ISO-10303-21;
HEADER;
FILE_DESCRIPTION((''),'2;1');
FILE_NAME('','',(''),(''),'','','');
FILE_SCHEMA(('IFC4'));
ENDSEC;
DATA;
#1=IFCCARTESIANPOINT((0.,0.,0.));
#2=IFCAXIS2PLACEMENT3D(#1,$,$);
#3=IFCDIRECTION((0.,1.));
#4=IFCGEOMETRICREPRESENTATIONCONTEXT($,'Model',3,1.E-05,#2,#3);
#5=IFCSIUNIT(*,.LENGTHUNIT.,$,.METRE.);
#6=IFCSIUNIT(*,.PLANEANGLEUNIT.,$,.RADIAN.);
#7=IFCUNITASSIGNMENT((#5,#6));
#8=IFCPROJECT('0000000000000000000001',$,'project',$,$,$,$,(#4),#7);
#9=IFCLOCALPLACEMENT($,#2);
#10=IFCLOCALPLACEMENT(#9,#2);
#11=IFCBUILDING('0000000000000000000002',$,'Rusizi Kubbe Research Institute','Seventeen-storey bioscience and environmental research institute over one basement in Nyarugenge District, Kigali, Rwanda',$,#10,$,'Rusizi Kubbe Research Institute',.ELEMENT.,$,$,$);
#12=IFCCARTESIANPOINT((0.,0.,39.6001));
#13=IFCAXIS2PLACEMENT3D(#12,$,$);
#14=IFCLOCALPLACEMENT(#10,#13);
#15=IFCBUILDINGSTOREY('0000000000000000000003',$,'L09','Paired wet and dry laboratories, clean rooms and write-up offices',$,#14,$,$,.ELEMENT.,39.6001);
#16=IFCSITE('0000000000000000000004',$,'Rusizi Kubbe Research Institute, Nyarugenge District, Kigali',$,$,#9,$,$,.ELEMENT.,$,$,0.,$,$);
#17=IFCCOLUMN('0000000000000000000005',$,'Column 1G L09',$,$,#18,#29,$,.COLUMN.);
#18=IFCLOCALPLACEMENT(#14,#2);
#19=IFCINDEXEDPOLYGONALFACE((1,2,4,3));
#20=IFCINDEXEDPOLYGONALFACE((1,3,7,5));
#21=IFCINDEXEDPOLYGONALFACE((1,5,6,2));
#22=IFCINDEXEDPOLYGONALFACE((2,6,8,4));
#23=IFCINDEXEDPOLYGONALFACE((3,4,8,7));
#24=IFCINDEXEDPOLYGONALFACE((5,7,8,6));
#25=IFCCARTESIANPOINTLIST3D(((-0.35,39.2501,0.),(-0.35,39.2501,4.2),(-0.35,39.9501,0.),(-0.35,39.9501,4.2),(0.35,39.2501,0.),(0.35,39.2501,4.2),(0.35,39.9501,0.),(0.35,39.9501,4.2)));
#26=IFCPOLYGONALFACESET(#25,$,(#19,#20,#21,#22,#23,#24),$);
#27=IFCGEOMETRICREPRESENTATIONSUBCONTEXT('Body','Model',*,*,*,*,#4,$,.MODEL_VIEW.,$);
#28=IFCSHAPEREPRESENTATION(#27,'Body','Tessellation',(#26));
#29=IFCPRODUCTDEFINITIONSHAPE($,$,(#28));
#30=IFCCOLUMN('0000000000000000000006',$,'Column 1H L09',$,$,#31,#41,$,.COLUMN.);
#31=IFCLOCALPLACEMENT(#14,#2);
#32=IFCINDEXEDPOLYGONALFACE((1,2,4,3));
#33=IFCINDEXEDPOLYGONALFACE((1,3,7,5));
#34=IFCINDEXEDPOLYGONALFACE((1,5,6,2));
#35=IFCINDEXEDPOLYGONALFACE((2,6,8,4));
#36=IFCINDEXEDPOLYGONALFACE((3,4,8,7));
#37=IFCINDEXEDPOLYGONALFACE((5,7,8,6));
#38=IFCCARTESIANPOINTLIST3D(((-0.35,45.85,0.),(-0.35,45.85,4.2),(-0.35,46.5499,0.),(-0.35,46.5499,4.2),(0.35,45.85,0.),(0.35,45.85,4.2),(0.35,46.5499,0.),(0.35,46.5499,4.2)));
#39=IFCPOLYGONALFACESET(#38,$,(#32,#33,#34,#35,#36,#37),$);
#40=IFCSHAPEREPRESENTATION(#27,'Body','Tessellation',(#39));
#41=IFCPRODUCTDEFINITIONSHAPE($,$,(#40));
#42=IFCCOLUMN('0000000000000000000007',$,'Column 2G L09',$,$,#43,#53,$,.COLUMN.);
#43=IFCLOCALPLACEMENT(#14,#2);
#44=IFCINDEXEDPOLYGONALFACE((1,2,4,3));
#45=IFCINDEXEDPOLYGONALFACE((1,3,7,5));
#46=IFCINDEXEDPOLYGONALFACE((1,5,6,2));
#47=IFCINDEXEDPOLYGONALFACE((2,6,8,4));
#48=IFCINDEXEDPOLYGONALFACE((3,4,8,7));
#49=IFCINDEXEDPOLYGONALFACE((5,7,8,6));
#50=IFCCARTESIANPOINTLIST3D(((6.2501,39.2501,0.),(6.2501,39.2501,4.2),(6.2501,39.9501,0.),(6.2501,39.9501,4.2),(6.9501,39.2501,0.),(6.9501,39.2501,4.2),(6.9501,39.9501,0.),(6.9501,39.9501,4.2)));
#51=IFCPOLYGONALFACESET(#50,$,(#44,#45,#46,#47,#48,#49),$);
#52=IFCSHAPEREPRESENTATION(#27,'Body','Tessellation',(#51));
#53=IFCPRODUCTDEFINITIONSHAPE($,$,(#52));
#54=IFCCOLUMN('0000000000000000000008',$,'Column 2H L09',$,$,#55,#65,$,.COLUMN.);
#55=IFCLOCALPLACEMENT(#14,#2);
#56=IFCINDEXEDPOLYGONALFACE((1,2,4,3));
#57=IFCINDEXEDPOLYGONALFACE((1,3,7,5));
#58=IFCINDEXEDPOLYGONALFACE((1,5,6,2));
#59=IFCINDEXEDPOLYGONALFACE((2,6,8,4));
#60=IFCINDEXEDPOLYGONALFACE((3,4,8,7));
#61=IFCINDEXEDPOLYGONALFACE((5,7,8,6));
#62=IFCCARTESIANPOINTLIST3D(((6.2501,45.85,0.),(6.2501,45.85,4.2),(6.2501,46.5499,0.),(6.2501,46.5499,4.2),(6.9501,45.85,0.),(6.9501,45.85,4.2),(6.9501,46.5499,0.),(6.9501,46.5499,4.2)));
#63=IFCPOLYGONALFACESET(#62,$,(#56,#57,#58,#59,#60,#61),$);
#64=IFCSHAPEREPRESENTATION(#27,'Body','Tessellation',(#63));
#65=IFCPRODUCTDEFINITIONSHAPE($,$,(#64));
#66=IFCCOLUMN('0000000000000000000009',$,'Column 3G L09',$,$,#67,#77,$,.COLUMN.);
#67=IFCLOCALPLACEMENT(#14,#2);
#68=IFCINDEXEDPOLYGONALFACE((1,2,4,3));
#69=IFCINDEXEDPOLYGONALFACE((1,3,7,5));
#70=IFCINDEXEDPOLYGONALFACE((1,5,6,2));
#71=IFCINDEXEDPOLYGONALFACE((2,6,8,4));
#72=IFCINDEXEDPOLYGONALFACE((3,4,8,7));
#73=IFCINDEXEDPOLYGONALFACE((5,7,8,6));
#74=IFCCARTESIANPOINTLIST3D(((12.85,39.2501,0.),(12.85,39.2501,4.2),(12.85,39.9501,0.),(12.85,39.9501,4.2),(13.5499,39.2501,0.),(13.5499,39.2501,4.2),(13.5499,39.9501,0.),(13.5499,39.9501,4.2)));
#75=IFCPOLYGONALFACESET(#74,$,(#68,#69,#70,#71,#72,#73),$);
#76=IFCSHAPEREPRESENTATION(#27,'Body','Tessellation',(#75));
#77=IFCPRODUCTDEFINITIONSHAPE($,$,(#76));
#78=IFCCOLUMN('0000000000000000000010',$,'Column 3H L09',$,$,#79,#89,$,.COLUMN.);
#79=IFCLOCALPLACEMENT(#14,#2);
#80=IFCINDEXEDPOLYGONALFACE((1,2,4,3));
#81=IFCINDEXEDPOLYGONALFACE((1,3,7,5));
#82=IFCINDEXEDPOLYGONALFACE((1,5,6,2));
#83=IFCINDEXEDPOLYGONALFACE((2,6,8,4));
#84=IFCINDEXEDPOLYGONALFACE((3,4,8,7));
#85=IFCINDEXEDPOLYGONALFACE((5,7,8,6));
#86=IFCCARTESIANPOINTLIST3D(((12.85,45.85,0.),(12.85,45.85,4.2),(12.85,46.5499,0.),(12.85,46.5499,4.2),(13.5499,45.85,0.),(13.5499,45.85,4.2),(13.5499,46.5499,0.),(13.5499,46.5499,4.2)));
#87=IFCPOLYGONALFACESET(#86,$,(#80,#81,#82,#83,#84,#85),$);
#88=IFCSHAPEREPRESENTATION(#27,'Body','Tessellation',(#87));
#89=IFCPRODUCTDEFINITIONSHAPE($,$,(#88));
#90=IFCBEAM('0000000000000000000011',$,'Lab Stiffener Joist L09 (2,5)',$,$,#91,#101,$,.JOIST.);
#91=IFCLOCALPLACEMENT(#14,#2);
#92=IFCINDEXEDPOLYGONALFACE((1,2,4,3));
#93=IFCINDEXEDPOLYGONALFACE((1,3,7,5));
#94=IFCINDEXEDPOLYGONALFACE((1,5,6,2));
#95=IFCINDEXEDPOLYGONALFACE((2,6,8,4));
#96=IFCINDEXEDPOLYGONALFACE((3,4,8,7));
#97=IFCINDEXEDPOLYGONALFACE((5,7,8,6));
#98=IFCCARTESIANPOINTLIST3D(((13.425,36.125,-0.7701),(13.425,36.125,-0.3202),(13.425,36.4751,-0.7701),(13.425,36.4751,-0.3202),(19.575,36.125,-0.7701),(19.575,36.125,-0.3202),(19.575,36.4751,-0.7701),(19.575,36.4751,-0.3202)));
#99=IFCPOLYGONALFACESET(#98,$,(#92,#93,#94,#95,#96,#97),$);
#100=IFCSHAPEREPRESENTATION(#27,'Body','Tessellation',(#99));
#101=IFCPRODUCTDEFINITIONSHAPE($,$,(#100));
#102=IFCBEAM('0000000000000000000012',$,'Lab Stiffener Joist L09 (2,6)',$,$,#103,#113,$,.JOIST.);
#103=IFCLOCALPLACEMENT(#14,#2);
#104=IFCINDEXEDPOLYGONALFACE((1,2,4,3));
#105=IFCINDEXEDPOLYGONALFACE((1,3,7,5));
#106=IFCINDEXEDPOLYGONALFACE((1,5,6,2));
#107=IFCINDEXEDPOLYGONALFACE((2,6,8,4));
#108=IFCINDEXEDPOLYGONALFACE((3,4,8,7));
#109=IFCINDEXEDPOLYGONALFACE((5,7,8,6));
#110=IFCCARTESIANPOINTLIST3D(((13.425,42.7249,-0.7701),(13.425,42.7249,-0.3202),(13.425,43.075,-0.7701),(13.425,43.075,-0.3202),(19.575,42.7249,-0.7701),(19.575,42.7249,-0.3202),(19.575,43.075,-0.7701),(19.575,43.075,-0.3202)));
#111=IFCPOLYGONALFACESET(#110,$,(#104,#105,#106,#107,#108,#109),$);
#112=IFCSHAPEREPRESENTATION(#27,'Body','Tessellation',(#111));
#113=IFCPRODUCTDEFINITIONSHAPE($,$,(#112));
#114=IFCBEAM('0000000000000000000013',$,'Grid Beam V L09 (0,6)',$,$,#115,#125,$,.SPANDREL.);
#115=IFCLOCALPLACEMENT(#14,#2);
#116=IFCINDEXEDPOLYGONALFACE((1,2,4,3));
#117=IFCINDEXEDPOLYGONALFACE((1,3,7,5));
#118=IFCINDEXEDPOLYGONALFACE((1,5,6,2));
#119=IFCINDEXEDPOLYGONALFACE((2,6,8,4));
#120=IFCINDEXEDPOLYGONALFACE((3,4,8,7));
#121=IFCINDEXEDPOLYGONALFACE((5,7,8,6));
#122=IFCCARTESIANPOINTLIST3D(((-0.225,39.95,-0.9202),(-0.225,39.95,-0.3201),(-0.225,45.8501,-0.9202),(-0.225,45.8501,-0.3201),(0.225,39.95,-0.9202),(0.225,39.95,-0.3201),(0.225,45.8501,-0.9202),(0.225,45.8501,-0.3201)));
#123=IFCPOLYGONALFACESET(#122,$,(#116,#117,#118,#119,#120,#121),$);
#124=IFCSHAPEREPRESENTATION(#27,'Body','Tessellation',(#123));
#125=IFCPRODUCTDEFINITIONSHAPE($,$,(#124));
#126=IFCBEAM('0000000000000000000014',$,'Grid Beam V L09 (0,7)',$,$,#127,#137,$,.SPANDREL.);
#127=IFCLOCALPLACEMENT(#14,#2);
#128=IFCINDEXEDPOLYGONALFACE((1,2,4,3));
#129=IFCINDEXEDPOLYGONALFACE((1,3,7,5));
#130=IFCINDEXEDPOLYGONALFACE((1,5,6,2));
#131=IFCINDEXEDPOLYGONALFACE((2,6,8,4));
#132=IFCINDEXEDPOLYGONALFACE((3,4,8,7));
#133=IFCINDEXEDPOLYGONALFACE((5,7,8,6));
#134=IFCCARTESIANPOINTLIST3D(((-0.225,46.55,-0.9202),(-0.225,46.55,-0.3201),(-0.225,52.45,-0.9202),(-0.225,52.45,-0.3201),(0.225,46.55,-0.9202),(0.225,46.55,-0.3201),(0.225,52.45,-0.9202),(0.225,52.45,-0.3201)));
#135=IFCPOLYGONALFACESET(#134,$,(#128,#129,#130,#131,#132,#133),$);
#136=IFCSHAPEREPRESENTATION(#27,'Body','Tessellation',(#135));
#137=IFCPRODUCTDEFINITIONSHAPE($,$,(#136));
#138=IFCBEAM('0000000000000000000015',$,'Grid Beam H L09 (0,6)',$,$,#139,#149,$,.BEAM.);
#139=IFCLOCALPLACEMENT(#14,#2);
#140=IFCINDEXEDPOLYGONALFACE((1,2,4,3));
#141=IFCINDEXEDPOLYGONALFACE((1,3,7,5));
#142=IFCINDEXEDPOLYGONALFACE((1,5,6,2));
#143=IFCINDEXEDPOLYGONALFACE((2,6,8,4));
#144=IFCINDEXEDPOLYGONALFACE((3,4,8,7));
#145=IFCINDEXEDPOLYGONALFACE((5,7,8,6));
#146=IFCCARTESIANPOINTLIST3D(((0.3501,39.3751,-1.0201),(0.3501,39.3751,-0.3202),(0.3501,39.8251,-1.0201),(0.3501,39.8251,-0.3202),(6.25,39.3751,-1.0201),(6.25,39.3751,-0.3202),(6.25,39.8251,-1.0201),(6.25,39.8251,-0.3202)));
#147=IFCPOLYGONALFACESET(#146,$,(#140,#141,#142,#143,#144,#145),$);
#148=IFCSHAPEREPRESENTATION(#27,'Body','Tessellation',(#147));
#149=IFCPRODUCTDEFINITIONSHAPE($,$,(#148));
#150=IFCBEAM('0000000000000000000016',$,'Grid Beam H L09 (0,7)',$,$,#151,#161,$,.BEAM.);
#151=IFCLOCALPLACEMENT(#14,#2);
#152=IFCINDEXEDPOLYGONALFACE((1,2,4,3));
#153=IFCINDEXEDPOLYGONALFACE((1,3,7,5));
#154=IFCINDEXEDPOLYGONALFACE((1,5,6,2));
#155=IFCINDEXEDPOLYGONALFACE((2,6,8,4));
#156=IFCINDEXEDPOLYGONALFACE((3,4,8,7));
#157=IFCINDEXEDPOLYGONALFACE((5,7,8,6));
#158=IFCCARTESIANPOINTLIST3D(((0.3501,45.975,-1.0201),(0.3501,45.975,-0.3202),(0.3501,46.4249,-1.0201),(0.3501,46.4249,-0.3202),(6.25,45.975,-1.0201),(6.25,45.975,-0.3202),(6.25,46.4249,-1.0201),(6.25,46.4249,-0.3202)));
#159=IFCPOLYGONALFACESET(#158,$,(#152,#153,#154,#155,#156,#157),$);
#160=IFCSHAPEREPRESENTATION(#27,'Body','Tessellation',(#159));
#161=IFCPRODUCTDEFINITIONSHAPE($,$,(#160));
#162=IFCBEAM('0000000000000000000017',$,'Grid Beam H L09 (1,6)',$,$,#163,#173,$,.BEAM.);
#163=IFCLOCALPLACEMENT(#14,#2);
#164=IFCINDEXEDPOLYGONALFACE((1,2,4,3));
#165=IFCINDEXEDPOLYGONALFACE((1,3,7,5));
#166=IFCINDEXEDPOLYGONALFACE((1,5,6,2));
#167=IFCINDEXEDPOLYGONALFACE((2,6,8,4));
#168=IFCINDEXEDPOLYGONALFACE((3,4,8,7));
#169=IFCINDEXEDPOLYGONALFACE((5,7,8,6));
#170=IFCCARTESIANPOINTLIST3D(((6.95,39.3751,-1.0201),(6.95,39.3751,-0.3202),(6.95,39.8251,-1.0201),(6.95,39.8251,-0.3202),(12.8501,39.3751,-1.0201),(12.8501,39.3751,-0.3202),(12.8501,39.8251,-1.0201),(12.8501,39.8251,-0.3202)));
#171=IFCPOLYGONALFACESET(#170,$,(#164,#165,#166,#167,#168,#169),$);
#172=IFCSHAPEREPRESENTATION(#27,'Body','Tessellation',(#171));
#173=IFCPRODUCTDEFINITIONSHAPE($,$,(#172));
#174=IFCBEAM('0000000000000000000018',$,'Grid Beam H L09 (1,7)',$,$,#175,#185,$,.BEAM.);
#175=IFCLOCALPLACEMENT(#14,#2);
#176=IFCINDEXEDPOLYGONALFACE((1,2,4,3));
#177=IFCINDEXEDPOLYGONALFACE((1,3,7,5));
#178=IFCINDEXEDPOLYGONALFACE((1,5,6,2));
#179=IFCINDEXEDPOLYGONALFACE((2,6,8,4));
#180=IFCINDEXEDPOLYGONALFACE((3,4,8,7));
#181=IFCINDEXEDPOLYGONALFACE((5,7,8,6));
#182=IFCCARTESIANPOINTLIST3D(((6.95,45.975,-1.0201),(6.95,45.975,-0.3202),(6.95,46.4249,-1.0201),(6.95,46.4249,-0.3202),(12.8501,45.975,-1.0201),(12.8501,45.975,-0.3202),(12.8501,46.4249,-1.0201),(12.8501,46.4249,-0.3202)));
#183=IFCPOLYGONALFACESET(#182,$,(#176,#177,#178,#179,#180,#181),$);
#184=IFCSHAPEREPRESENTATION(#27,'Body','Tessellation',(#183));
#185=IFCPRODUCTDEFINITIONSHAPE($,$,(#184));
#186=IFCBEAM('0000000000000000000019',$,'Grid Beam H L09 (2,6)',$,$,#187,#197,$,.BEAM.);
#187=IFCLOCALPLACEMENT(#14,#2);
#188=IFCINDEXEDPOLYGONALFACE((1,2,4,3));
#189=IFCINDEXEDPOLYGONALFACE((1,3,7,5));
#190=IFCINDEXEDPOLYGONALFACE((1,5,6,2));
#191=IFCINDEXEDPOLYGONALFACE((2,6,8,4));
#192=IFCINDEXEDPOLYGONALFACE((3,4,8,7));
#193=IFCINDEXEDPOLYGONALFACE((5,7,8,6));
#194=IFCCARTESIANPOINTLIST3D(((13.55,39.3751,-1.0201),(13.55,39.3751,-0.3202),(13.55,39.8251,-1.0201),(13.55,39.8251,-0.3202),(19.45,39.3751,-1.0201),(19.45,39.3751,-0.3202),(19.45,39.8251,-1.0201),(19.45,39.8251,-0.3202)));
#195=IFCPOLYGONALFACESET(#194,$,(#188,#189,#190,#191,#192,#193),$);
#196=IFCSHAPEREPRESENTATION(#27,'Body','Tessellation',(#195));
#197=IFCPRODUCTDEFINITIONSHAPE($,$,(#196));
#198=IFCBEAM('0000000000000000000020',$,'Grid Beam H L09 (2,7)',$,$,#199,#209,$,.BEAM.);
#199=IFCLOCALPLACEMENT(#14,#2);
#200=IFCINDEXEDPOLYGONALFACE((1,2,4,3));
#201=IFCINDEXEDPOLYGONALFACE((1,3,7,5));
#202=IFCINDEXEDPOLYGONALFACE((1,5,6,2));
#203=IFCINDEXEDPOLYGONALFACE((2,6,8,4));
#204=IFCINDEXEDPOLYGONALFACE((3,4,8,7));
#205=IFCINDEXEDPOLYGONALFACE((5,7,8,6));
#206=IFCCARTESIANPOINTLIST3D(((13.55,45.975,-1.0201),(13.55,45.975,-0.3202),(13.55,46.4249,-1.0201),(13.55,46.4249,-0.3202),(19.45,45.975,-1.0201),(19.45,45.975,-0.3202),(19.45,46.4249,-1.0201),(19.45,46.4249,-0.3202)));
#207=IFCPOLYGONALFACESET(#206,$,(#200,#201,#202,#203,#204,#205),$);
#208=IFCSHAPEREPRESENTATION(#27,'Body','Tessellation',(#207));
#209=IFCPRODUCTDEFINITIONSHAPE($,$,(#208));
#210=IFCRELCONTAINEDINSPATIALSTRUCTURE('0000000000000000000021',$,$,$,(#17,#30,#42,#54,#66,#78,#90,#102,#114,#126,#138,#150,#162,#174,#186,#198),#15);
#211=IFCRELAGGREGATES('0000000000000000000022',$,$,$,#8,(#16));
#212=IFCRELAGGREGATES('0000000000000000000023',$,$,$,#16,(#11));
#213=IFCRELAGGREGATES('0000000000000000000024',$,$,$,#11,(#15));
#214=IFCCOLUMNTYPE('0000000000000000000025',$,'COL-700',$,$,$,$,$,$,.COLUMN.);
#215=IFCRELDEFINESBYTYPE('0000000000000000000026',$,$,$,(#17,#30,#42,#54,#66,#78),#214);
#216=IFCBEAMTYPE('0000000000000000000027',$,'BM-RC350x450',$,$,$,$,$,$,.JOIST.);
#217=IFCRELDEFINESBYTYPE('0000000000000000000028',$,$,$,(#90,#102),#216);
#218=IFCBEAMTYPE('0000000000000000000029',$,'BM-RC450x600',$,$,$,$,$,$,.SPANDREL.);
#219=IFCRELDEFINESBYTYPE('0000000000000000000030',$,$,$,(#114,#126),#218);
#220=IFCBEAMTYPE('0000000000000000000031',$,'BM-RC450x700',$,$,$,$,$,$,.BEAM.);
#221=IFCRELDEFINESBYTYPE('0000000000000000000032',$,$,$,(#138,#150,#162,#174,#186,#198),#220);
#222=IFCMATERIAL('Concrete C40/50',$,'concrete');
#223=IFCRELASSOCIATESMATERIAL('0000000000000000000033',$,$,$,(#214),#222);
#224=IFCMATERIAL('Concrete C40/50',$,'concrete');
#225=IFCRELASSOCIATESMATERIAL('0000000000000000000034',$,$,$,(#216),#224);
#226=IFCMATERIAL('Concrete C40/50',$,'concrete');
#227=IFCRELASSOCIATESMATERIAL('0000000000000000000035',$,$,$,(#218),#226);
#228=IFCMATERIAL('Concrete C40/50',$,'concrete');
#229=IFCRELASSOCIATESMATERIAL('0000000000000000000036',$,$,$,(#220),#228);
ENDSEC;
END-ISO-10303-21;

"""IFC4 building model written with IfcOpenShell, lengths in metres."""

from ifc_helpers import new_model, si_unit, direction, frame, origin, origin_2d, place, context, subcontext, project, spatial, rectangle, extrude, material, material_profile, profile_set, type_object, element, save


model = new_model("IFC4")

# Units and contexts
model_context = context("Model", 3, precision=1e-05, world=origin(), true_north=direction((0.0, 1.0)))
body_context = subcontext(model_context, "Body", "Model", "MODEL_VIEW")
ifc_project = project(units=[si_unit("LENGTHUNIT", "METRE"), si_unit("PLANEANGLEUNIT", "RADIAN")], contexts=[model_context])

# Site, building, storey
site_placement = place(None, origin())
site = spatial("IfcSite", under=ifc_project, at=site_placement, Name="Rusizi Kubbe Research Institute, Nyarugenge District, Kigali", CompositionType="ELEMENT", RefElevation=0.0)
building_placement = place(site_placement, origin())
building = spatial("IfcBuilding", under=site, at=building_placement, Name="Rusizi Kubbe Research Institute", Description="Seventeen-storey bioscience and environmental research institute over one basement in Nyarugenge District, Kigali, Rwanda", LongName="Rusizi Kubbe Research Institute", CompositionType="ELEMENT")
storey_placement = place(building_placement, frame((0.0, 0.0, 39.6001)))
storey = spatial("IfcBuildingStorey", under=building, at=storey_placement, Name="L09", Description="Paired wet and dry laboratories, clean rooms and write-up offices", CompositionType="ELEMENT", Elevation=39.6001)

# Columns
ifc_material_1 = material(Name="Concrete C40/50", Category="concrete")
ifc_material_profile_1 = material_profile(ifc_material_1, rectangle(XDim=0.7, YDim=0.7, at=origin_2d()), Name="RC700x700")
ifc_profile_set_1 = profile_set([ifc_material_profile_1], Name="Concrete C40/50")
column_type = type_object("IfcColumnType", Name="COL-700", PredefinedType="COLUMN", material=ifc_profile_set_1)
for number, where, z_axis, x_axis, name in (
    (1, (0.0, 39.6001, 0.0), (0.0, 0.0, 1.0), (1.0, 0.0, 0.0), "Column 1G L09"),
    (2, (0.0, 46.2, 0.0), (0.0, 0.0, 1.0), (1.0, 0.0, 0.0), "Column 1H L09"),
    (3, (6.6001, 39.6001, 0.0), (0.0, 0.0, 1.0), (1.0, 0.0, 0.0), "Column 2G L09"),
    (4, (6.6001, 46.2, 0.0), (0.0, 0.0, 1.0), (1.0, 0.0, 0.0), "Column 2H L09"),
    (5, (13.2, 39.6001, 0.0), (0.0, 0.0, 1.0), (1.0, 0.0, 0.0), "Column 3G L09"),
    (6, (13.2, 46.2, 0.0), (0.0, 0.0, 1.0), (1.0, 0.0, 0.0), "Column 3H L09"),
):
    element("IfcColumn", number, at=place(storey_placement, frame(where, z_axis=z_axis, x_axis=x_axis)), inside=storey, type_object=column_type, Name=name, PredefinedType="COLUMN", context=body_context, shape_type="SweptSolid", body=[
        extrude(rectangle(XDim=0.7, YDim=0.7, at=origin_2d()), origin(), (0.0, 0.0, 1.0), 4.2),
    ])

# Beams
ifc_material_2 = material(Name="Concrete C40/50", Category="concrete")
ifc_material_profile_2 = material_profile(ifc_material_2, rectangle(XDim=0.3501, YDim=0.45, at=origin_2d()), Name="RC350x450")
ifc_profile_set_2 = profile_set([ifc_material_profile_2], Name="Concrete C40/50")
beam_type_1 = type_object("IfcBeamType", Name="BM-RC350x450", PredefinedType="JOIST", material=ifc_profile_set_2)
for number, where, z_axis, x_axis, name in (
    (7, (13.425, 36.3, -0.5452), (1.0, 0.0, 0.0), (0.0, 1.0, 0.0), "Lab Stiffener Joist L09 (2,5)"),
    (8, (13.425, 42.8999, -0.5452), (1.0, 0.0, 0.0), (0.0, 1.0, 0.0), "Lab Stiffener Joist L09 (2,6)"),
):
    element("IfcBeam", number, at=place(storey_placement, frame(where, z_axis=z_axis, x_axis=x_axis)), inside=storey, type_object=beam_type_1, Name=name, PredefinedType="JOIST", context=body_context, shape_type="SweptSolid", body=[
        extrude(rectangle(XDim=0.3501, YDim=0.45, at=origin_2d()), origin(), (0.0, 0.0, 1.0), 6.1499),
    ])
ifc_material_3 = material(Name="Concrete C40/50", Category="concrete")
ifc_material_profile_3 = material_profile(ifc_material_3, rectangle(XDim=0.45, YDim=0.6001, at=origin_2d()), Name="RC450x600")
ifc_profile_set_3 = profile_set([ifc_material_profile_3], Name="Concrete C40/50")
beam_type_2 = type_object("IfcBeamType", Name="BM-RC450x600", PredefinedType="SPANDREL", material=ifc_profile_set_3)
beam_1_placement = place(storey_placement, frame((0.0, 39.95, -0.6201), z_axis=(0.0, 1.0, 0.0), x_axis=(-1.0, 0.0, 0.0)))
element("IfcBeam", 9, at=beam_1_placement, inside=storey, type_object=beam_type_2, Name="Grid Beam V L09 (0,6)", PredefinedType="SPANDREL", context=body_context, shape_type="SweptSolid", body=[
    extrude(rectangle(XDim=0.45, YDim=0.6001, at=origin_2d()), origin(), (0.0, 0.0, 1.0), 5.9001),
])
beam_2_placement = place(storey_placement, frame((0.0, 46.55, -0.6201), z_axis=(0.0, 1.0, 0.0), x_axis=(-1.0, 0.0, 0.0)))
element("IfcBeam", 10, at=beam_2_placement, inside=storey, type_object=beam_type_2, Name="Grid Beam V L09 (0,7)", PredefinedType="SPANDREL", context=body_context, shape_type="SweptSolid", body=[
    extrude(rectangle(XDim=0.45, YDim=0.6001, at=origin_2d()), origin(), (0.0, 0.0, 1.0), 5.8999),
])
ifc_material_4 = material(Name="Concrete C40/50", Category="concrete")
ifc_material_profile_4 = material_profile(ifc_material_4, rectangle(XDim=0.45, YDim=0.7, at=origin_2d()), Name="RC450x700B")
ifc_profile_set_4 = profile_set([ifc_material_profile_4], Name="Concrete C40/50")
beam_type_3 = type_object("IfcBeamType", Name="BM-RC450x700", PredefinedType="BEAM", material=ifc_profile_set_4)
for number, where, z_axis, x_axis, name in (
    (11, (0.3501, 39.6001, -0.6702), (1.0, 0.0, 0.0), (0.0, 1.0, 0.0), "Grid Beam H L09 (0,6)"),
    (12, (0.3501, 46.2, -0.6702), (1.0, 0.0, 0.0), (0.0, 1.0, 0.0), "Grid Beam H L09 (0,7)"),
):
    element("IfcBeam", number, at=place(storey_placement, frame(where, z_axis=z_axis, x_axis=x_axis)), inside=storey, type_object=beam_type_3, Name=name, PredefinedType="BEAM", context=body_context, shape_type="SweptSolid", body=[
        extrude(rectangle(XDim=0.45, YDim=0.7, at=origin_2d()), origin(), (0.0, 0.0, 1.0), 5.8999),
    ])
for number, where, z_axis, x_axis, name in (
    (13, (6.95, 39.6001, -0.6702), (1.0, 0.0, 0.0), (0.0, 1.0, 0.0), "Grid Beam H L09 (1,6)"),
    (14, (6.95, 46.2, -0.6702), (1.0, 0.0, 0.0), (0.0, 1.0, 0.0), "Grid Beam H L09 (1,7)"),
):
    element("IfcBeam", number, at=place(storey_placement, frame(where, z_axis=z_axis, x_axis=x_axis)), inside=storey, type_object=beam_type_3, Name=name, PredefinedType="BEAM", context=body_context, shape_type="SweptSolid", body=[
        extrude(rectangle(XDim=0.45, YDim=0.7, at=origin_2d()), origin(), (0.0, 0.0, 1.0), 5.9001),
    ])
for number, where, z_axis, x_axis, name in (
    (15, (13.55, 39.6001, -0.6702), (1.0, 0.0, 0.0), (0.0, 1.0, 0.0), "Grid Beam H L09 (2,6)"),
    (16, (13.55, 46.2, -0.6702), (1.0, 0.0, 0.0), (0.0, 1.0, 0.0), "Grid Beam H L09 (2,7)"),
):
    element("IfcBeam", number, at=place(storey_placement, frame(where, z_axis=z_axis, x_axis=x_axis)), inside=storey, type_object=beam_type_3, Name=name, PredefinedType="BEAM", context=body_context, shape_type="SweptSolid", body=[
        extrude(rectangle(XDim=0.45, YDim=0.7, at=origin_2d()), origin(), (0.0, 0.0, 1.0), 5.8999),
    ])

save(model, "model.ifc")
